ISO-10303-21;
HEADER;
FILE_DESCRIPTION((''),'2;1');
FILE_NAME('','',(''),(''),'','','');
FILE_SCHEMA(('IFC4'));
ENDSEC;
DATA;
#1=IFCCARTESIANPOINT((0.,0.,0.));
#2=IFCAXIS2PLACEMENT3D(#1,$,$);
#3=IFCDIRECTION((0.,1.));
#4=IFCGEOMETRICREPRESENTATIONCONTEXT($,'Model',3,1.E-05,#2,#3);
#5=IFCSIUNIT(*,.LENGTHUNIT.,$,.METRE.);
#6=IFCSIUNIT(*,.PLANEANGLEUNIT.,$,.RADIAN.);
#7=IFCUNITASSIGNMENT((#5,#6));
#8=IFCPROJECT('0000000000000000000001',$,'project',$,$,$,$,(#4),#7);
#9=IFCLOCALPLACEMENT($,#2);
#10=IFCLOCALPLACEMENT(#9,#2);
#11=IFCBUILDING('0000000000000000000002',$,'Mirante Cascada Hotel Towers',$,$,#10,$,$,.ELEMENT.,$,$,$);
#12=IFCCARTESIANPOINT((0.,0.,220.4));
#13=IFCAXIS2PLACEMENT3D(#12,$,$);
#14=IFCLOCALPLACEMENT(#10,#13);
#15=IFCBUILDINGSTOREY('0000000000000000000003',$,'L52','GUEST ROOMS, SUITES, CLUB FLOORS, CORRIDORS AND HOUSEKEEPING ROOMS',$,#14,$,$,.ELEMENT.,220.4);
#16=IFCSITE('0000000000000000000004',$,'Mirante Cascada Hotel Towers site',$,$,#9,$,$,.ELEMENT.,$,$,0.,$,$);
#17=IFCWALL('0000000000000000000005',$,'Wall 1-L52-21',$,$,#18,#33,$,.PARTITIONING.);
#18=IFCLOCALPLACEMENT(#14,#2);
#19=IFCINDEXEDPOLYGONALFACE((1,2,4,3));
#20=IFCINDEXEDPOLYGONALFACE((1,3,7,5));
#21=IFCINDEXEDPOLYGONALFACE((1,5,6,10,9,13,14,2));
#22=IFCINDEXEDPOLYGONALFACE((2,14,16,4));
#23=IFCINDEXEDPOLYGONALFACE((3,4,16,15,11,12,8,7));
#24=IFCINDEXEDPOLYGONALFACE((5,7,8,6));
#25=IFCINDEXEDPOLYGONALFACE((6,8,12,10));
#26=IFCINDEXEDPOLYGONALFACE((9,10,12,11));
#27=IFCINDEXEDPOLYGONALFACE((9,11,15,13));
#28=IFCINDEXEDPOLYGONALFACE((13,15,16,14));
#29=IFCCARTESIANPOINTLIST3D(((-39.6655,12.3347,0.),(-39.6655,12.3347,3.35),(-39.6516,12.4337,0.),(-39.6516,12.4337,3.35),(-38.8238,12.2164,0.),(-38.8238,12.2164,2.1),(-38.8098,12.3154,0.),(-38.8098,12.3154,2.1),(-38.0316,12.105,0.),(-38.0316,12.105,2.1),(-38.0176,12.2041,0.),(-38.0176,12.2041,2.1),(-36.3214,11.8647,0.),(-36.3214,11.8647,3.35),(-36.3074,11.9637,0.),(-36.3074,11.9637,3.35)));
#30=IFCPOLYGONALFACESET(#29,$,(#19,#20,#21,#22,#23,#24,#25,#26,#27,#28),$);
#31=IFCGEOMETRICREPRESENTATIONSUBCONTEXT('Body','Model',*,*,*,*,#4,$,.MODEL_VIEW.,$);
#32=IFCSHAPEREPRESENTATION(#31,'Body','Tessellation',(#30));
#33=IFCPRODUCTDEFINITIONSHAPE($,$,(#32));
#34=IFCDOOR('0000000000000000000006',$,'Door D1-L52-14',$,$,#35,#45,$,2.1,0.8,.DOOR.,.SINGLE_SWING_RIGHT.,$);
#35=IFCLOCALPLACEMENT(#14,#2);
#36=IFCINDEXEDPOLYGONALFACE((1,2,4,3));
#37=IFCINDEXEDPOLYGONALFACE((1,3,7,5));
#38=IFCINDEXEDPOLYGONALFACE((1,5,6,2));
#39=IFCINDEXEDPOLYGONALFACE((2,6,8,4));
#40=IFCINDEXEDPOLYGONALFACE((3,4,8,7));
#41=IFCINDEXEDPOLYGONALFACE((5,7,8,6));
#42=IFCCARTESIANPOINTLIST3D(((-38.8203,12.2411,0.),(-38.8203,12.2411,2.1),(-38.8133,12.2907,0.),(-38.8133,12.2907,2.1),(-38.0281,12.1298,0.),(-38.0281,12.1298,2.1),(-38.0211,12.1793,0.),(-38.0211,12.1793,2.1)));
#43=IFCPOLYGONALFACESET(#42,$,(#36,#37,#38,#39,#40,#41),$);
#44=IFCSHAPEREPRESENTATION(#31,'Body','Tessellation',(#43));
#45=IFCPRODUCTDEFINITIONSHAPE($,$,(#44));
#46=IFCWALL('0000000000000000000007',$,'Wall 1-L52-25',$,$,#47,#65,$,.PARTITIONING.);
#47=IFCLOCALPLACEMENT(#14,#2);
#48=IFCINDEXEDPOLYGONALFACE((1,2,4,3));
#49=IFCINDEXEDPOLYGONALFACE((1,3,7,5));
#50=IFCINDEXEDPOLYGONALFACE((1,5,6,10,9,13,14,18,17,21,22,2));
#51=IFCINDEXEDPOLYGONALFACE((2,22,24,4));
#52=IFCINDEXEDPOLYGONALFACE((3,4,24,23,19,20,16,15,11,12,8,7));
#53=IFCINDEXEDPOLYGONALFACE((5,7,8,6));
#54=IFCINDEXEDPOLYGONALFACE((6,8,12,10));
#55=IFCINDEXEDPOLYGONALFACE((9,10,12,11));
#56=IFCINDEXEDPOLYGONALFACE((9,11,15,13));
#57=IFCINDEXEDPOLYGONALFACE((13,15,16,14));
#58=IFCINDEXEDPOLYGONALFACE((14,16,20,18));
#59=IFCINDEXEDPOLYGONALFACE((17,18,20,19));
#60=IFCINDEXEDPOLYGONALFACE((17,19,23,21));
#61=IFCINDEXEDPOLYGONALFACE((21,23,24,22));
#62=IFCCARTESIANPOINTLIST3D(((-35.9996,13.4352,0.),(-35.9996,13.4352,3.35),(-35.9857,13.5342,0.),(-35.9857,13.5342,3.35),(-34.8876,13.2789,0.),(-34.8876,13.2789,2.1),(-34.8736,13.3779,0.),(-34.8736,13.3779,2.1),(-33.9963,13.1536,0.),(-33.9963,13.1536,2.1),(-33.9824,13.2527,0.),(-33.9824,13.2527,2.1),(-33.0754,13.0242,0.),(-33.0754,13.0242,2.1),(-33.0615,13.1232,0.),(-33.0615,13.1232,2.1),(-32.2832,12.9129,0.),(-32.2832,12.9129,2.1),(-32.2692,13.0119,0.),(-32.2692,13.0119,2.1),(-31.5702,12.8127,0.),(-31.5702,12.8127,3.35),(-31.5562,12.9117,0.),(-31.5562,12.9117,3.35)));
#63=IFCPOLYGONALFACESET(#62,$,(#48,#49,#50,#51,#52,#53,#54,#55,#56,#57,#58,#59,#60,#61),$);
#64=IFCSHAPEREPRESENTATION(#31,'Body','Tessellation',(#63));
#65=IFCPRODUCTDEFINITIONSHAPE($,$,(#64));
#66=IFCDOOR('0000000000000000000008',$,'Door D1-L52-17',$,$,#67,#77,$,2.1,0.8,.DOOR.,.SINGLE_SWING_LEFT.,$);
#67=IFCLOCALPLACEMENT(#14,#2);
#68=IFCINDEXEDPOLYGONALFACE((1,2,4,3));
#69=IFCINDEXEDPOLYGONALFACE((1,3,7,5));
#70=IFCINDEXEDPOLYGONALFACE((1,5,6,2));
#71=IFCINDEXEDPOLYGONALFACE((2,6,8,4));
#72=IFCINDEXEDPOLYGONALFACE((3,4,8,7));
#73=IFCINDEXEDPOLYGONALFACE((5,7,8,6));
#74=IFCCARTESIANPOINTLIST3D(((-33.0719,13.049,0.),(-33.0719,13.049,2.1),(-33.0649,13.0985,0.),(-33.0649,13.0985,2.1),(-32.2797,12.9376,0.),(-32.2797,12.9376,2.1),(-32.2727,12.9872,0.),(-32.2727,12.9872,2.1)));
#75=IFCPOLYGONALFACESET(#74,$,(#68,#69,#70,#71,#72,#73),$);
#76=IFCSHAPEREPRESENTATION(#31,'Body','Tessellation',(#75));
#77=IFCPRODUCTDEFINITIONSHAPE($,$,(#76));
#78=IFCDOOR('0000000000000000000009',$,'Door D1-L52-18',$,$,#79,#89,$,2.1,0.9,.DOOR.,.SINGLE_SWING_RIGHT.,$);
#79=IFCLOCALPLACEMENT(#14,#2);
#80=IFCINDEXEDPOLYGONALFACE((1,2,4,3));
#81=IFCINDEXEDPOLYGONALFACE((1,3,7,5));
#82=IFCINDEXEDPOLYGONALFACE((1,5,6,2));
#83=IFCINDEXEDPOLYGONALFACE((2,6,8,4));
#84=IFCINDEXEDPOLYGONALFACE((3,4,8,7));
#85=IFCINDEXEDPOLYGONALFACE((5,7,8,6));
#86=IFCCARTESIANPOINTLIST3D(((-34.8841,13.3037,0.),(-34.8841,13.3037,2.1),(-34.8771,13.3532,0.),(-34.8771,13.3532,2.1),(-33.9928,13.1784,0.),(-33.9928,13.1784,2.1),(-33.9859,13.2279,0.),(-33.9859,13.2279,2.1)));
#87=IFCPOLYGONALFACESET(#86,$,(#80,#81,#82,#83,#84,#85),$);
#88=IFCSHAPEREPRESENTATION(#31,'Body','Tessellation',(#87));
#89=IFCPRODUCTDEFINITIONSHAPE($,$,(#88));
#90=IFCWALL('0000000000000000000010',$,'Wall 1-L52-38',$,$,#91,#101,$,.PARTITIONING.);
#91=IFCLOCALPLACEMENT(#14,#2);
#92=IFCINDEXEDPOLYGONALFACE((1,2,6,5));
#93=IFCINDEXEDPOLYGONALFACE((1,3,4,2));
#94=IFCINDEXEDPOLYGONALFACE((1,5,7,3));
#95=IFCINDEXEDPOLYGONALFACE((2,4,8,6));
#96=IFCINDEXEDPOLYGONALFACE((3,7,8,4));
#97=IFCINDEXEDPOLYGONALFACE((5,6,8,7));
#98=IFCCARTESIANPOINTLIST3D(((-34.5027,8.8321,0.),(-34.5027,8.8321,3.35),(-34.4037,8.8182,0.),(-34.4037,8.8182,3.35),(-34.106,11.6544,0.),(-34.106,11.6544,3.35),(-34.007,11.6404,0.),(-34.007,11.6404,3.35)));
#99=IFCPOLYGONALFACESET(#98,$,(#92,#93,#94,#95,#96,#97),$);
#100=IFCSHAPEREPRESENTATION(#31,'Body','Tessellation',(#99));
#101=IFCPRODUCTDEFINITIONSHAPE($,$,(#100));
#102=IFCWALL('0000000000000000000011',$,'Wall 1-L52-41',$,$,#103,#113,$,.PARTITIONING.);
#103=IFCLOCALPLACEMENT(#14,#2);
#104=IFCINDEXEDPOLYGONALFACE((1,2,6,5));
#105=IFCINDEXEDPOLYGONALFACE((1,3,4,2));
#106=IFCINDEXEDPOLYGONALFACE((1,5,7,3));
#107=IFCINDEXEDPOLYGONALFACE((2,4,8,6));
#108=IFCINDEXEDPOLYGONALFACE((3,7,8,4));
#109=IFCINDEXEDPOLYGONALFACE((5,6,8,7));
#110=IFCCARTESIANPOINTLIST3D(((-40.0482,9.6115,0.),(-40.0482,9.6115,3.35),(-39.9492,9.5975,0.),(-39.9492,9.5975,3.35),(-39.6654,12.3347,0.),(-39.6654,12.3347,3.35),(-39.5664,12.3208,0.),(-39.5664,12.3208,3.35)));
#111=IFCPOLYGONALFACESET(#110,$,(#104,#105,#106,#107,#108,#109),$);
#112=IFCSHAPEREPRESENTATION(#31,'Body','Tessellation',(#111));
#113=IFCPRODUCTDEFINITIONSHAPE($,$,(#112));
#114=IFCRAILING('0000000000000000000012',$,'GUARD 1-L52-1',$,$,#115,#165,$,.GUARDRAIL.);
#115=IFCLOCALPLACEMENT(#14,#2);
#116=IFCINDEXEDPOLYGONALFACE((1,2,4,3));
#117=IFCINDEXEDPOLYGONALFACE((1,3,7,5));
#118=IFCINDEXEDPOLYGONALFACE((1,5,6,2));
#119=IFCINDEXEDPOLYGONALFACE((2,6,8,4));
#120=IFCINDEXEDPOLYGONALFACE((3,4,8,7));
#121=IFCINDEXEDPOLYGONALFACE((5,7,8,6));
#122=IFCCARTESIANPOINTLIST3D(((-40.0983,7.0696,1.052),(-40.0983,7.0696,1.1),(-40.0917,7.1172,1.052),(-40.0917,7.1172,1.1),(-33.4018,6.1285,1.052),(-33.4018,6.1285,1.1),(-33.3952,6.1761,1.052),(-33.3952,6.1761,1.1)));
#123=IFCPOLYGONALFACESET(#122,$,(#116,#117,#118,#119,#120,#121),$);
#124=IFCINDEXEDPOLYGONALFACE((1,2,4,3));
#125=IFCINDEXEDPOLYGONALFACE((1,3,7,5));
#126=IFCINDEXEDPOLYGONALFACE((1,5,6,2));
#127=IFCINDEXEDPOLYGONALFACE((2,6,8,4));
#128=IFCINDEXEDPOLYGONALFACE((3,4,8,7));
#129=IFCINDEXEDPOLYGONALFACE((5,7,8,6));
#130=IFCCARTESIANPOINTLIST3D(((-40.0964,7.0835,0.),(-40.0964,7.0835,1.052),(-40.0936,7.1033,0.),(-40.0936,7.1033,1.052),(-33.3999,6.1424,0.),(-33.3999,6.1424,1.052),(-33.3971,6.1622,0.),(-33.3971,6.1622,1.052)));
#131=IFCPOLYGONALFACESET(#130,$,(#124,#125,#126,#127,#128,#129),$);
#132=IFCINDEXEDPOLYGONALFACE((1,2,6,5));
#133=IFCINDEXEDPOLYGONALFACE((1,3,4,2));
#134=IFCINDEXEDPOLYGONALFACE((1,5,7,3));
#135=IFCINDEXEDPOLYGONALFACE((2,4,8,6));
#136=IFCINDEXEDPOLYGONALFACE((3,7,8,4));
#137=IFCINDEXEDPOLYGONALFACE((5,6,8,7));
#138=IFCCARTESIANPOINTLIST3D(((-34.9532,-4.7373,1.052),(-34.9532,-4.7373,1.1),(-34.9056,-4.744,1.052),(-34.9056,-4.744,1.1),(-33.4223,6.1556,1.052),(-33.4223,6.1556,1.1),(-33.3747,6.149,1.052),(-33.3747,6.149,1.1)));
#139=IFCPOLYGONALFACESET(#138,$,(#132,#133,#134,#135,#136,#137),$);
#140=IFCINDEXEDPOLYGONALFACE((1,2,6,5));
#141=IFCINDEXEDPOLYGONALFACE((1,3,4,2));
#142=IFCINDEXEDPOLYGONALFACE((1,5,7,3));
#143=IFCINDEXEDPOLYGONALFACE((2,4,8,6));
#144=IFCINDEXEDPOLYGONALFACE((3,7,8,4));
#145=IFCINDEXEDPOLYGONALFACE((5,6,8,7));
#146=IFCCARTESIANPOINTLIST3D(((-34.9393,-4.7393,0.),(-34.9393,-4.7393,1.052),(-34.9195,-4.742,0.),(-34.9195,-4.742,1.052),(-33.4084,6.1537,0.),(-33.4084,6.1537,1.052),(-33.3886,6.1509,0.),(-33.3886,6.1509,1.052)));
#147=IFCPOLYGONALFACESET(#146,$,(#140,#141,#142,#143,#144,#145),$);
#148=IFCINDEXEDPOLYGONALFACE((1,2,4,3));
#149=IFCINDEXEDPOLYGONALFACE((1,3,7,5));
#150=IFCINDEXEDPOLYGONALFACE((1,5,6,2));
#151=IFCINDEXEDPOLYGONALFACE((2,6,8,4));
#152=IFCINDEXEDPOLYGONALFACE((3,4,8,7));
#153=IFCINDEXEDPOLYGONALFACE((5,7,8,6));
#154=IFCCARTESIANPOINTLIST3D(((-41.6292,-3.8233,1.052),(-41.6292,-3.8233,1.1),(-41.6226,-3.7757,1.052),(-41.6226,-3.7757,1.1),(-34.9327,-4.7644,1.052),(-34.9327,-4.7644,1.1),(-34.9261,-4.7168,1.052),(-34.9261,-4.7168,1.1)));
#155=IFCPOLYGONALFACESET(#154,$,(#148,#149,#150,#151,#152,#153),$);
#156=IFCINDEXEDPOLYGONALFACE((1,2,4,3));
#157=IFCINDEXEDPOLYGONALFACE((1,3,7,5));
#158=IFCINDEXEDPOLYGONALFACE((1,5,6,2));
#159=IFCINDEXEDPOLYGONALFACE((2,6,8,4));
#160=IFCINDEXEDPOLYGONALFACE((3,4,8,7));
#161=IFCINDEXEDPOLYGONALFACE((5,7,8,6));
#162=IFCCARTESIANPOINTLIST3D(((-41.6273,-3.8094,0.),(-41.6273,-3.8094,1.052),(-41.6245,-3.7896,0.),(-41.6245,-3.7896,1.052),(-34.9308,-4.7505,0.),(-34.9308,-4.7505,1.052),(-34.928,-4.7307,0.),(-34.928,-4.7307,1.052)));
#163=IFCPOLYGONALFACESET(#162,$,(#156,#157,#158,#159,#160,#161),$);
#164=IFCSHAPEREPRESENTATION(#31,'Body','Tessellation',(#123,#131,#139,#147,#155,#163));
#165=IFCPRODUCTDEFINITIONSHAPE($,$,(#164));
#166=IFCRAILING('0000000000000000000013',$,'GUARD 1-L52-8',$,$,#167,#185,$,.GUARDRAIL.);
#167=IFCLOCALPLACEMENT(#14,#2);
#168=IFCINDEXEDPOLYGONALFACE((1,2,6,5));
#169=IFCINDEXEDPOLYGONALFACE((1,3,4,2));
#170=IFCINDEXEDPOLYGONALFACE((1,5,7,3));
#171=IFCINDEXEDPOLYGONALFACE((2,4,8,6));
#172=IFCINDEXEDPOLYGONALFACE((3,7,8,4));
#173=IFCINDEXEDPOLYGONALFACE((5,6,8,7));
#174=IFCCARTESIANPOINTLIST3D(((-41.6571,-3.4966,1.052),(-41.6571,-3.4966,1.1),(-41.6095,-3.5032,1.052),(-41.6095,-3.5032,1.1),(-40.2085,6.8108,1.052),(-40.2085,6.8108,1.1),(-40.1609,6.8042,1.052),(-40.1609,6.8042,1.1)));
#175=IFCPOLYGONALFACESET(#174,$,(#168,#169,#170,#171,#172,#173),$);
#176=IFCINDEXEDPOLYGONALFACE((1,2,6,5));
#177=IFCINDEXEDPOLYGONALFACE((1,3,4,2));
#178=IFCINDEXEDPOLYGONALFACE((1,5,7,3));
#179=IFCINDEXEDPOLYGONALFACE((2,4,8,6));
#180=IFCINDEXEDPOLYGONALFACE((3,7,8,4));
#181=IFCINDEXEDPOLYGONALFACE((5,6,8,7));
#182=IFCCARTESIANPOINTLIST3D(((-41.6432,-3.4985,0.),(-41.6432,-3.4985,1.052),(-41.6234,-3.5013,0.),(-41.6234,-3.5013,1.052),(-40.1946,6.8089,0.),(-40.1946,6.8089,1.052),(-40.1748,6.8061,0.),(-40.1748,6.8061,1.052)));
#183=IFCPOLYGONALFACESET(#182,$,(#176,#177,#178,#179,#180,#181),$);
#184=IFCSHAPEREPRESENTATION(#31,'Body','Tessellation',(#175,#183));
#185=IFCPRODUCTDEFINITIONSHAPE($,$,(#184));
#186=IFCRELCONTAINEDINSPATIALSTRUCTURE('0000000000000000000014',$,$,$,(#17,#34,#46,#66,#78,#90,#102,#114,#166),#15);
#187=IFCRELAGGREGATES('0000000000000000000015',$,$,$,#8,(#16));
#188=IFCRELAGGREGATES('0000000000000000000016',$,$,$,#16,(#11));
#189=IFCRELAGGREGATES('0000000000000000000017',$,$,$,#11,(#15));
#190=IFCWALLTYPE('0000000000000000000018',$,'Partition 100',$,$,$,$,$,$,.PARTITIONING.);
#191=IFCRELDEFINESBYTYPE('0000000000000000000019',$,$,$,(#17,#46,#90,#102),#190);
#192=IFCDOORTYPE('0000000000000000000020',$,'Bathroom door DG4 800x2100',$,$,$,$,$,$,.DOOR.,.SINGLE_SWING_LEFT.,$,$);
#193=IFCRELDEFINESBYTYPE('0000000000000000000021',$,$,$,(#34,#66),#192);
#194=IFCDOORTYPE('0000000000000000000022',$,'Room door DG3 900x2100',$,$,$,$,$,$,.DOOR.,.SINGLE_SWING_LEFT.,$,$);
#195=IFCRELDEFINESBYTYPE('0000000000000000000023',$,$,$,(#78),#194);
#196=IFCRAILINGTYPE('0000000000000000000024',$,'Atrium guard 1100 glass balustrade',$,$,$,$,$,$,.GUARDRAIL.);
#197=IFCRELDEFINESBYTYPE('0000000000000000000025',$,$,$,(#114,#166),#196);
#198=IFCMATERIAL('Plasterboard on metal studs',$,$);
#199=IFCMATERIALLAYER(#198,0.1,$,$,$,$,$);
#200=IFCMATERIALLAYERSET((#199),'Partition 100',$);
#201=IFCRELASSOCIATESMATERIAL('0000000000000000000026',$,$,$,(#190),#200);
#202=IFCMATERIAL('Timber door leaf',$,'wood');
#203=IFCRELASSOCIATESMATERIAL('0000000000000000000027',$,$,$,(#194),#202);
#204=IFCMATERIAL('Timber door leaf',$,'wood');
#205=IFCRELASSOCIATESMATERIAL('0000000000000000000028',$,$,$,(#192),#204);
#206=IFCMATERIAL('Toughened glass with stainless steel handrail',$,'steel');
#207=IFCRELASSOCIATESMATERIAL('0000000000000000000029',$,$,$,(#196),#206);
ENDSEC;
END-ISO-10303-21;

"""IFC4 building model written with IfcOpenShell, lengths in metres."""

from ifc_helpers import new_model, si_unit, direction, frame, frame_2d, origin, origin_2d, place, context, subcontext, project, spatial, rectangle, extrude, material, layer, layer_set, type_object, element, fill, save


model = new_model("IFC4")

# Units and contexts
model_context = context("Model", 3, precision=1e-05, world=origin(), true_north=direction((0.0, 1.0)))
body_context = subcontext(model_context, "Body", "Model", "MODEL_VIEW")
ifc_project = project(units=[si_unit("LENGTHUNIT", "METRE"), si_unit("PLANEANGLEUNIT", "RADIAN")], contexts=[model_context])

# Site, building, storey
site_placement = place(None, origin())
site = spatial("IfcSite", under=ifc_project, at=site_placement, Name="Mirante Cascada Hotel Towers site", CompositionType="ELEMENT", RefElevation=0.0)
building_placement = place(site_placement, origin())
building = spatial("IfcBuilding", under=site, at=building_placement, Name="Mirante Cascada Hotel Towers", CompositionType="ELEMENT")
storey_placement = place(building_placement, frame((0.0, 0.0, 220.4)))
storey = spatial("IfcBuildingStorey", under=building, at=storey_placement, Name="L52", Description="GUEST ROOMS, SUITES, CLUB FLOORS, CORRIDORS AND HOUSEKEEPING ROOMS", CompositionType="ELEMENT", Elevation=220.4)

# Shared definitions
ifc_material_1 = material(Name="Plasterboard on metal studs")
ifc_layer_1 = layer(ifc_material_1, 0.1)
ifc_layer_set_1 = layer_set([ifc_layer_1], Name="Partition 100")
wall_type_1 = type_object("IfcWallType", Name="Partition 100", PredefinedType="PARTITIONING", material=ifc_layer_set_1)
ifc_material_2 = material(Name="Timber door leaf", Category="wood")
door_type_1 = type_object("IfcDoorType", Name="Room door DG3 900x2100", OperationType="SINGLE_SWING_LEFT", PredefinedType="DOOR", material=ifc_material_2)

# Wall, opening, door
ifc_material_3 = material(Name="Timber door leaf", Category="wood")
door_type_2 = type_object("IfcDoorType", Name="Bathroom door DG4 800x2100", OperationType="SINGLE_SWING_LEFT", PredefinedType="DOOR", material=ifc_material_3)
wall_1_placement = place(storey_placement, frame((-36.3144, 11.9142, 0.0), z_axis=(0.0, 0.0, 1.0), x_axis=(-0.990267, 0.139178, 0.0)))
wall_1 = element("IfcWall", 1, at=wall_1_placement, inside=storey, type_object=wall_type_1, Name="Wall 1-L52-21", PredefinedType="PARTITIONING", context=body_context, shape_type="SweptSolid", body=[
    extrude(rectangle(XDim=3.377, YDim=0.1, at=frame_2d((1.6885, 0.0))), origin(), (0.0, 0.0, 1.0), 3.35),
])
opening_1_placement = place(wall_1_placement, frame((1.727, 0.0, 0.0)))
opening_1 = element("IfcOpeningElement", 2, at=opening_1_placement, cuts=wall_1, PredefinedType="OPENING", context=body_context, shape_type="SweptSolid", body=[
    extrude(rectangle(XDim=0.8, YDim=2.1, at=frame_2d((0.4, 1.05))), frame((0.0, 0.05, 0.0), z_axis=(0.0, -1.0, 0.0), x_axis=(1.0, 0.0, 0.0)), (0.0, 0.0, 1.0), 0.1),
])
door_1_placement = place(opening_1_placement, frame((0.8, 0.0, 0.0), z_axis=(0.0, 0.0, 1.0), x_axis=(-1.0, 0.0, 0.0)))
door_1 = element("IfcDoor", 3, at=door_1_placement, inside=storey, type_object=door_type_2, Name="Door D1-L52-14", OperationType="SINGLE_SWING_RIGHT", OverallHeight=2.1, OverallWidth=0.8, PredefinedType="DOOR", context=body_context, shape_type="SweptSolid", body=[
    extrude(rectangle(XDim=0.8, YDim=2.1, at=frame_2d((0.4, 1.05))), frame((0.0, 0.025, 0.0), z_axis=(0.0, -1.0, 0.0), x_axis=(1.0, 0.0, 0.0)), (0.0, 0.0, 1.0), 0.05),
])
fill(opening_1, door_1)

# Wall, openings, doors
wall_2_placement = place(storey_placement, frame((-31.5632, 12.8622, 0.0), z_axis=(0.0, 0.0, 1.0), x_axis=(-0.990269, 0.139167, 0.0)))
wall_2 = element("IfcWall", 4, at=wall_2_placement, inside=storey, type_object=wall_type_1, Name="Wall 1-L52-25", PredefinedType="PARTITIONING", context=body_context, shape_type="SweptSolid", body=[
    extrude(rectangle(XDim=4.473, YDim=0.1, at=frame_2d((2.2365, 0.0))), origin(), (0.0, 0.0, 1.0), 3.35),
])
opening_2_placement = place(wall_2_placement, frame((0.72, 0.0, 0.0)))
opening_2 = element("IfcOpeningElement", 5, at=opening_2_placement, cuts=wall_2, PredefinedType="OPENING", context=body_context, shape_type="SweptSolid", body=[
    extrude(rectangle(XDim=0.8, YDim=2.1, at=frame_2d((0.4, 1.05))), frame((0.0, 0.05, 0.0), z_axis=(0.0, -1.0, 0.0), x_axis=(1.0, 0.0, 0.0)), (0.0, 0.0, 1.0), 0.1),
])
opening_3_placement = place(wall_2_placement, frame((2.45, 0.0, 0.0)))
opening_3 = element("IfcOpeningElement", 6, at=opening_3_placement, cuts=wall_2, PredefinedType="OPENING", context=body_context, shape_type="SweptSolid", body=[
    extrude(rectangle(XDim=0.9, YDim=2.1, at=frame_2d((0.45, 1.05))), frame((0.0, 0.05, 0.0), z_axis=(0.0, -1.0, 0.0), x_axis=(1.0, 0.0, 0.0)), (0.0, 0.0, 1.0), 0.1),
])
door_2_placement = place(opening_2_placement, origin())
door_2 = element("IfcDoor", 7, at=door_2_placement, inside=storey, type_object=door_type_2, Name="Door D1-L52-17", OperationType="SINGLE_SWING_LEFT", OverallHeight=2.1, OverallWidth=0.8, PredefinedType="DOOR", context=body_context, shape_type="SweptSolid", body=[
    extrude(rectangle(XDim=0.8, YDim=2.1, at=frame_2d((0.4, 1.05))), frame((0.0, 0.025, 0.0), z_axis=(0.0, -1.0, 0.0), x_axis=(1.0, 0.0, 0.0)), (0.0, 0.0, 1.0), 0.05),
])
fill(opening_2, door_2)
door_3_placement = place(opening_3_placement, frame((0.9, 0.0, 0.0), z_axis=(0.0, 0.0, 1.0), x_axis=(-1.0, 0.0, 0.0)))
door_3 = element("IfcDoor", 8, at=door_3_placement, inside=storey, type_object=door_type_1, Name="Door D1-L52-18", OperationType="SINGLE_SWING_RIGHT", OverallHeight=2.1, OverallWidth=0.9, PredefinedType="DOOR", context=body_context, shape_type="SweptSolid", body=[
    extrude(rectangle(XDim=0.9, YDim=2.1, at=frame_2d((0.45, 1.05))), frame((0.0, 0.025, 0.0), z_axis=(0.0, -1.0, 0.0), x_axis=(1.0, 0.0, 0.0)), (0.0, 0.0, 1.0), 0.05),
])
fill(opening_3, door_3)

# Walls
wall_3_placement = place(storey_placement, frame((-34.0565, 11.6474, 0.0), z_axis=(0.0, 0.0, 1.0), x_axis=(-0.139191, -0.990266, 0.0)))
element("IfcWall", 9, at=wall_3_placement, inside=storey, type_object=wall_type_1, Name="Wall 1-L52-38", PredefinedType="PARTITIONING", context=body_context, shape_type="SweptSolid", body=[
    extrude(rectangle(XDim=2.85, YDim=0.1, at=frame_2d((1.425, 0.0))), origin(), (0.0, 0.0, 1.0), 3.35),
])
wall_4_placement = place(storey_placement, frame((-39.9987, 9.6045, 0.0), z_axis=(0.0, 0.0, 1.0), x_axis=(0.139201, 0.990264, 0.0)))
element("IfcWall", 10, at=wall_4_placement, inside=storey, type_object=wall_type_1, Name="Wall 1-L52-41", PredefinedType="PARTITIONING", context=body_context, shape_type="SweptSolid", body=[
    extrude(rectangle(XDim=2.75, YDim=0.1, at=frame_2d((1.375, 0.0))), origin(), (0.0, 0.0, 1.0), 3.35),
])

# Railings
ifc_material_4 = material(Name="Toughened glass with stainless steel handrail", Category="steel")
railing_type = type_object("IfcRailingType", Name="Atrium guard 1100 glass balustrade", PredefinedType="GUARDRAIL", material=ifc_material_4)
railing_1_placement = place(storey_placement, frame((-40.095, 7.0934, 0.0)))
element("IfcRailing", 11, at=railing_1_placement, inside=storey, type_object=railing_type, Name="GUARD 1-L52-1", PredefinedType="GUARDRAIL", context=body_context, shape_type="SweptSolid", body=[
    extrude(rectangle(XDim=0.048, YDim=0.048, at=origin_2d()), frame((0.0, 0.0, 1.076), z_axis=(0.990269, -0.139169, 0.0), x_axis=(0.139169, 0.990269, 0.0)), (0.0, 0.0, 1.0), 6.7623),
    extrude(rectangle(XDim=0.02, YDim=1.052, at=origin_2d()), frame((0.0, 0.0, 0.526), z_axis=(0.990269, -0.139169, 0.0), x_axis=(0.139169, 0.990269, 0.0)), (0.0, 0.0, 1.0), 6.7623),
    extrude(rectangle(XDim=0.048, YDim=0.048, at=origin_2d()), frame((6.6965, -0.9411, 1.076), z_axis=(-0.139173, -0.990268, 0.0), x_axis=(0.990268, -0.139173, 0.0)), (0.0, 0.0, 1.0), 11.0),
    extrude(rectangle(XDim=0.02, YDim=1.052, at=origin_2d()), frame((6.6965, -0.9411, 0.526), z_axis=(-0.139173, -0.990268, 0.0), x_axis=(0.990268, -0.139173, 0.0)), (0.0, 0.0, 1.0), 11.0),
    extrude(rectangle(XDim=0.048, YDim=0.048, at=origin_2d()), frame((5.1656, -11.834, 1.076), z_axis=(-0.990269, 0.139169, 0.0), x_axis=(-0.139169, -0.990269, 0.0)), (0.0, 0.0, 1.0), 6.7623),
    extrude(rectangle(XDim=0.02, YDim=1.052, at=origin_2d()), frame((5.1656, -11.834, 0.526), z_axis=(-0.990269, 0.139169, 0.0), x_axis=(-0.139169, -0.990269, 0.0)), (0.0, 0.0, 1.0), 6.7623),
])
railing_2_placement = place(storey_placement, frame((-40.1847, 6.8075, 0.0)))
element("IfcRailing", 12, at=railing_2_placement, inside=storey, type_object=railing_type, Name="GUARD 1-L52-8", PredefinedType="GUARDRAIL", context=body_context, shape_type="SweptSolid", body=[
    extrude(rectangle(XDim=0.048, YDim=0.048, at=origin_2d()), frame((0.0, 0.0, 1.076), z_axis=(-0.139172, -0.990268, 0.0), x_axis=(0.990268, -0.139172, 0.0)), (0.0, 0.0, 1.0), 10.4087),
    extrude(rectangle(XDim=0.02, YDim=1.052, at=origin_2d()), frame((0.0, 0.0, 0.526), z_axis=(-0.139172, -0.990268, 0.0), x_axis=(0.990268, -0.139172, 0.0)), (0.0, 0.0, 1.0), 10.4087),
])

save(model, "model.ifc")
